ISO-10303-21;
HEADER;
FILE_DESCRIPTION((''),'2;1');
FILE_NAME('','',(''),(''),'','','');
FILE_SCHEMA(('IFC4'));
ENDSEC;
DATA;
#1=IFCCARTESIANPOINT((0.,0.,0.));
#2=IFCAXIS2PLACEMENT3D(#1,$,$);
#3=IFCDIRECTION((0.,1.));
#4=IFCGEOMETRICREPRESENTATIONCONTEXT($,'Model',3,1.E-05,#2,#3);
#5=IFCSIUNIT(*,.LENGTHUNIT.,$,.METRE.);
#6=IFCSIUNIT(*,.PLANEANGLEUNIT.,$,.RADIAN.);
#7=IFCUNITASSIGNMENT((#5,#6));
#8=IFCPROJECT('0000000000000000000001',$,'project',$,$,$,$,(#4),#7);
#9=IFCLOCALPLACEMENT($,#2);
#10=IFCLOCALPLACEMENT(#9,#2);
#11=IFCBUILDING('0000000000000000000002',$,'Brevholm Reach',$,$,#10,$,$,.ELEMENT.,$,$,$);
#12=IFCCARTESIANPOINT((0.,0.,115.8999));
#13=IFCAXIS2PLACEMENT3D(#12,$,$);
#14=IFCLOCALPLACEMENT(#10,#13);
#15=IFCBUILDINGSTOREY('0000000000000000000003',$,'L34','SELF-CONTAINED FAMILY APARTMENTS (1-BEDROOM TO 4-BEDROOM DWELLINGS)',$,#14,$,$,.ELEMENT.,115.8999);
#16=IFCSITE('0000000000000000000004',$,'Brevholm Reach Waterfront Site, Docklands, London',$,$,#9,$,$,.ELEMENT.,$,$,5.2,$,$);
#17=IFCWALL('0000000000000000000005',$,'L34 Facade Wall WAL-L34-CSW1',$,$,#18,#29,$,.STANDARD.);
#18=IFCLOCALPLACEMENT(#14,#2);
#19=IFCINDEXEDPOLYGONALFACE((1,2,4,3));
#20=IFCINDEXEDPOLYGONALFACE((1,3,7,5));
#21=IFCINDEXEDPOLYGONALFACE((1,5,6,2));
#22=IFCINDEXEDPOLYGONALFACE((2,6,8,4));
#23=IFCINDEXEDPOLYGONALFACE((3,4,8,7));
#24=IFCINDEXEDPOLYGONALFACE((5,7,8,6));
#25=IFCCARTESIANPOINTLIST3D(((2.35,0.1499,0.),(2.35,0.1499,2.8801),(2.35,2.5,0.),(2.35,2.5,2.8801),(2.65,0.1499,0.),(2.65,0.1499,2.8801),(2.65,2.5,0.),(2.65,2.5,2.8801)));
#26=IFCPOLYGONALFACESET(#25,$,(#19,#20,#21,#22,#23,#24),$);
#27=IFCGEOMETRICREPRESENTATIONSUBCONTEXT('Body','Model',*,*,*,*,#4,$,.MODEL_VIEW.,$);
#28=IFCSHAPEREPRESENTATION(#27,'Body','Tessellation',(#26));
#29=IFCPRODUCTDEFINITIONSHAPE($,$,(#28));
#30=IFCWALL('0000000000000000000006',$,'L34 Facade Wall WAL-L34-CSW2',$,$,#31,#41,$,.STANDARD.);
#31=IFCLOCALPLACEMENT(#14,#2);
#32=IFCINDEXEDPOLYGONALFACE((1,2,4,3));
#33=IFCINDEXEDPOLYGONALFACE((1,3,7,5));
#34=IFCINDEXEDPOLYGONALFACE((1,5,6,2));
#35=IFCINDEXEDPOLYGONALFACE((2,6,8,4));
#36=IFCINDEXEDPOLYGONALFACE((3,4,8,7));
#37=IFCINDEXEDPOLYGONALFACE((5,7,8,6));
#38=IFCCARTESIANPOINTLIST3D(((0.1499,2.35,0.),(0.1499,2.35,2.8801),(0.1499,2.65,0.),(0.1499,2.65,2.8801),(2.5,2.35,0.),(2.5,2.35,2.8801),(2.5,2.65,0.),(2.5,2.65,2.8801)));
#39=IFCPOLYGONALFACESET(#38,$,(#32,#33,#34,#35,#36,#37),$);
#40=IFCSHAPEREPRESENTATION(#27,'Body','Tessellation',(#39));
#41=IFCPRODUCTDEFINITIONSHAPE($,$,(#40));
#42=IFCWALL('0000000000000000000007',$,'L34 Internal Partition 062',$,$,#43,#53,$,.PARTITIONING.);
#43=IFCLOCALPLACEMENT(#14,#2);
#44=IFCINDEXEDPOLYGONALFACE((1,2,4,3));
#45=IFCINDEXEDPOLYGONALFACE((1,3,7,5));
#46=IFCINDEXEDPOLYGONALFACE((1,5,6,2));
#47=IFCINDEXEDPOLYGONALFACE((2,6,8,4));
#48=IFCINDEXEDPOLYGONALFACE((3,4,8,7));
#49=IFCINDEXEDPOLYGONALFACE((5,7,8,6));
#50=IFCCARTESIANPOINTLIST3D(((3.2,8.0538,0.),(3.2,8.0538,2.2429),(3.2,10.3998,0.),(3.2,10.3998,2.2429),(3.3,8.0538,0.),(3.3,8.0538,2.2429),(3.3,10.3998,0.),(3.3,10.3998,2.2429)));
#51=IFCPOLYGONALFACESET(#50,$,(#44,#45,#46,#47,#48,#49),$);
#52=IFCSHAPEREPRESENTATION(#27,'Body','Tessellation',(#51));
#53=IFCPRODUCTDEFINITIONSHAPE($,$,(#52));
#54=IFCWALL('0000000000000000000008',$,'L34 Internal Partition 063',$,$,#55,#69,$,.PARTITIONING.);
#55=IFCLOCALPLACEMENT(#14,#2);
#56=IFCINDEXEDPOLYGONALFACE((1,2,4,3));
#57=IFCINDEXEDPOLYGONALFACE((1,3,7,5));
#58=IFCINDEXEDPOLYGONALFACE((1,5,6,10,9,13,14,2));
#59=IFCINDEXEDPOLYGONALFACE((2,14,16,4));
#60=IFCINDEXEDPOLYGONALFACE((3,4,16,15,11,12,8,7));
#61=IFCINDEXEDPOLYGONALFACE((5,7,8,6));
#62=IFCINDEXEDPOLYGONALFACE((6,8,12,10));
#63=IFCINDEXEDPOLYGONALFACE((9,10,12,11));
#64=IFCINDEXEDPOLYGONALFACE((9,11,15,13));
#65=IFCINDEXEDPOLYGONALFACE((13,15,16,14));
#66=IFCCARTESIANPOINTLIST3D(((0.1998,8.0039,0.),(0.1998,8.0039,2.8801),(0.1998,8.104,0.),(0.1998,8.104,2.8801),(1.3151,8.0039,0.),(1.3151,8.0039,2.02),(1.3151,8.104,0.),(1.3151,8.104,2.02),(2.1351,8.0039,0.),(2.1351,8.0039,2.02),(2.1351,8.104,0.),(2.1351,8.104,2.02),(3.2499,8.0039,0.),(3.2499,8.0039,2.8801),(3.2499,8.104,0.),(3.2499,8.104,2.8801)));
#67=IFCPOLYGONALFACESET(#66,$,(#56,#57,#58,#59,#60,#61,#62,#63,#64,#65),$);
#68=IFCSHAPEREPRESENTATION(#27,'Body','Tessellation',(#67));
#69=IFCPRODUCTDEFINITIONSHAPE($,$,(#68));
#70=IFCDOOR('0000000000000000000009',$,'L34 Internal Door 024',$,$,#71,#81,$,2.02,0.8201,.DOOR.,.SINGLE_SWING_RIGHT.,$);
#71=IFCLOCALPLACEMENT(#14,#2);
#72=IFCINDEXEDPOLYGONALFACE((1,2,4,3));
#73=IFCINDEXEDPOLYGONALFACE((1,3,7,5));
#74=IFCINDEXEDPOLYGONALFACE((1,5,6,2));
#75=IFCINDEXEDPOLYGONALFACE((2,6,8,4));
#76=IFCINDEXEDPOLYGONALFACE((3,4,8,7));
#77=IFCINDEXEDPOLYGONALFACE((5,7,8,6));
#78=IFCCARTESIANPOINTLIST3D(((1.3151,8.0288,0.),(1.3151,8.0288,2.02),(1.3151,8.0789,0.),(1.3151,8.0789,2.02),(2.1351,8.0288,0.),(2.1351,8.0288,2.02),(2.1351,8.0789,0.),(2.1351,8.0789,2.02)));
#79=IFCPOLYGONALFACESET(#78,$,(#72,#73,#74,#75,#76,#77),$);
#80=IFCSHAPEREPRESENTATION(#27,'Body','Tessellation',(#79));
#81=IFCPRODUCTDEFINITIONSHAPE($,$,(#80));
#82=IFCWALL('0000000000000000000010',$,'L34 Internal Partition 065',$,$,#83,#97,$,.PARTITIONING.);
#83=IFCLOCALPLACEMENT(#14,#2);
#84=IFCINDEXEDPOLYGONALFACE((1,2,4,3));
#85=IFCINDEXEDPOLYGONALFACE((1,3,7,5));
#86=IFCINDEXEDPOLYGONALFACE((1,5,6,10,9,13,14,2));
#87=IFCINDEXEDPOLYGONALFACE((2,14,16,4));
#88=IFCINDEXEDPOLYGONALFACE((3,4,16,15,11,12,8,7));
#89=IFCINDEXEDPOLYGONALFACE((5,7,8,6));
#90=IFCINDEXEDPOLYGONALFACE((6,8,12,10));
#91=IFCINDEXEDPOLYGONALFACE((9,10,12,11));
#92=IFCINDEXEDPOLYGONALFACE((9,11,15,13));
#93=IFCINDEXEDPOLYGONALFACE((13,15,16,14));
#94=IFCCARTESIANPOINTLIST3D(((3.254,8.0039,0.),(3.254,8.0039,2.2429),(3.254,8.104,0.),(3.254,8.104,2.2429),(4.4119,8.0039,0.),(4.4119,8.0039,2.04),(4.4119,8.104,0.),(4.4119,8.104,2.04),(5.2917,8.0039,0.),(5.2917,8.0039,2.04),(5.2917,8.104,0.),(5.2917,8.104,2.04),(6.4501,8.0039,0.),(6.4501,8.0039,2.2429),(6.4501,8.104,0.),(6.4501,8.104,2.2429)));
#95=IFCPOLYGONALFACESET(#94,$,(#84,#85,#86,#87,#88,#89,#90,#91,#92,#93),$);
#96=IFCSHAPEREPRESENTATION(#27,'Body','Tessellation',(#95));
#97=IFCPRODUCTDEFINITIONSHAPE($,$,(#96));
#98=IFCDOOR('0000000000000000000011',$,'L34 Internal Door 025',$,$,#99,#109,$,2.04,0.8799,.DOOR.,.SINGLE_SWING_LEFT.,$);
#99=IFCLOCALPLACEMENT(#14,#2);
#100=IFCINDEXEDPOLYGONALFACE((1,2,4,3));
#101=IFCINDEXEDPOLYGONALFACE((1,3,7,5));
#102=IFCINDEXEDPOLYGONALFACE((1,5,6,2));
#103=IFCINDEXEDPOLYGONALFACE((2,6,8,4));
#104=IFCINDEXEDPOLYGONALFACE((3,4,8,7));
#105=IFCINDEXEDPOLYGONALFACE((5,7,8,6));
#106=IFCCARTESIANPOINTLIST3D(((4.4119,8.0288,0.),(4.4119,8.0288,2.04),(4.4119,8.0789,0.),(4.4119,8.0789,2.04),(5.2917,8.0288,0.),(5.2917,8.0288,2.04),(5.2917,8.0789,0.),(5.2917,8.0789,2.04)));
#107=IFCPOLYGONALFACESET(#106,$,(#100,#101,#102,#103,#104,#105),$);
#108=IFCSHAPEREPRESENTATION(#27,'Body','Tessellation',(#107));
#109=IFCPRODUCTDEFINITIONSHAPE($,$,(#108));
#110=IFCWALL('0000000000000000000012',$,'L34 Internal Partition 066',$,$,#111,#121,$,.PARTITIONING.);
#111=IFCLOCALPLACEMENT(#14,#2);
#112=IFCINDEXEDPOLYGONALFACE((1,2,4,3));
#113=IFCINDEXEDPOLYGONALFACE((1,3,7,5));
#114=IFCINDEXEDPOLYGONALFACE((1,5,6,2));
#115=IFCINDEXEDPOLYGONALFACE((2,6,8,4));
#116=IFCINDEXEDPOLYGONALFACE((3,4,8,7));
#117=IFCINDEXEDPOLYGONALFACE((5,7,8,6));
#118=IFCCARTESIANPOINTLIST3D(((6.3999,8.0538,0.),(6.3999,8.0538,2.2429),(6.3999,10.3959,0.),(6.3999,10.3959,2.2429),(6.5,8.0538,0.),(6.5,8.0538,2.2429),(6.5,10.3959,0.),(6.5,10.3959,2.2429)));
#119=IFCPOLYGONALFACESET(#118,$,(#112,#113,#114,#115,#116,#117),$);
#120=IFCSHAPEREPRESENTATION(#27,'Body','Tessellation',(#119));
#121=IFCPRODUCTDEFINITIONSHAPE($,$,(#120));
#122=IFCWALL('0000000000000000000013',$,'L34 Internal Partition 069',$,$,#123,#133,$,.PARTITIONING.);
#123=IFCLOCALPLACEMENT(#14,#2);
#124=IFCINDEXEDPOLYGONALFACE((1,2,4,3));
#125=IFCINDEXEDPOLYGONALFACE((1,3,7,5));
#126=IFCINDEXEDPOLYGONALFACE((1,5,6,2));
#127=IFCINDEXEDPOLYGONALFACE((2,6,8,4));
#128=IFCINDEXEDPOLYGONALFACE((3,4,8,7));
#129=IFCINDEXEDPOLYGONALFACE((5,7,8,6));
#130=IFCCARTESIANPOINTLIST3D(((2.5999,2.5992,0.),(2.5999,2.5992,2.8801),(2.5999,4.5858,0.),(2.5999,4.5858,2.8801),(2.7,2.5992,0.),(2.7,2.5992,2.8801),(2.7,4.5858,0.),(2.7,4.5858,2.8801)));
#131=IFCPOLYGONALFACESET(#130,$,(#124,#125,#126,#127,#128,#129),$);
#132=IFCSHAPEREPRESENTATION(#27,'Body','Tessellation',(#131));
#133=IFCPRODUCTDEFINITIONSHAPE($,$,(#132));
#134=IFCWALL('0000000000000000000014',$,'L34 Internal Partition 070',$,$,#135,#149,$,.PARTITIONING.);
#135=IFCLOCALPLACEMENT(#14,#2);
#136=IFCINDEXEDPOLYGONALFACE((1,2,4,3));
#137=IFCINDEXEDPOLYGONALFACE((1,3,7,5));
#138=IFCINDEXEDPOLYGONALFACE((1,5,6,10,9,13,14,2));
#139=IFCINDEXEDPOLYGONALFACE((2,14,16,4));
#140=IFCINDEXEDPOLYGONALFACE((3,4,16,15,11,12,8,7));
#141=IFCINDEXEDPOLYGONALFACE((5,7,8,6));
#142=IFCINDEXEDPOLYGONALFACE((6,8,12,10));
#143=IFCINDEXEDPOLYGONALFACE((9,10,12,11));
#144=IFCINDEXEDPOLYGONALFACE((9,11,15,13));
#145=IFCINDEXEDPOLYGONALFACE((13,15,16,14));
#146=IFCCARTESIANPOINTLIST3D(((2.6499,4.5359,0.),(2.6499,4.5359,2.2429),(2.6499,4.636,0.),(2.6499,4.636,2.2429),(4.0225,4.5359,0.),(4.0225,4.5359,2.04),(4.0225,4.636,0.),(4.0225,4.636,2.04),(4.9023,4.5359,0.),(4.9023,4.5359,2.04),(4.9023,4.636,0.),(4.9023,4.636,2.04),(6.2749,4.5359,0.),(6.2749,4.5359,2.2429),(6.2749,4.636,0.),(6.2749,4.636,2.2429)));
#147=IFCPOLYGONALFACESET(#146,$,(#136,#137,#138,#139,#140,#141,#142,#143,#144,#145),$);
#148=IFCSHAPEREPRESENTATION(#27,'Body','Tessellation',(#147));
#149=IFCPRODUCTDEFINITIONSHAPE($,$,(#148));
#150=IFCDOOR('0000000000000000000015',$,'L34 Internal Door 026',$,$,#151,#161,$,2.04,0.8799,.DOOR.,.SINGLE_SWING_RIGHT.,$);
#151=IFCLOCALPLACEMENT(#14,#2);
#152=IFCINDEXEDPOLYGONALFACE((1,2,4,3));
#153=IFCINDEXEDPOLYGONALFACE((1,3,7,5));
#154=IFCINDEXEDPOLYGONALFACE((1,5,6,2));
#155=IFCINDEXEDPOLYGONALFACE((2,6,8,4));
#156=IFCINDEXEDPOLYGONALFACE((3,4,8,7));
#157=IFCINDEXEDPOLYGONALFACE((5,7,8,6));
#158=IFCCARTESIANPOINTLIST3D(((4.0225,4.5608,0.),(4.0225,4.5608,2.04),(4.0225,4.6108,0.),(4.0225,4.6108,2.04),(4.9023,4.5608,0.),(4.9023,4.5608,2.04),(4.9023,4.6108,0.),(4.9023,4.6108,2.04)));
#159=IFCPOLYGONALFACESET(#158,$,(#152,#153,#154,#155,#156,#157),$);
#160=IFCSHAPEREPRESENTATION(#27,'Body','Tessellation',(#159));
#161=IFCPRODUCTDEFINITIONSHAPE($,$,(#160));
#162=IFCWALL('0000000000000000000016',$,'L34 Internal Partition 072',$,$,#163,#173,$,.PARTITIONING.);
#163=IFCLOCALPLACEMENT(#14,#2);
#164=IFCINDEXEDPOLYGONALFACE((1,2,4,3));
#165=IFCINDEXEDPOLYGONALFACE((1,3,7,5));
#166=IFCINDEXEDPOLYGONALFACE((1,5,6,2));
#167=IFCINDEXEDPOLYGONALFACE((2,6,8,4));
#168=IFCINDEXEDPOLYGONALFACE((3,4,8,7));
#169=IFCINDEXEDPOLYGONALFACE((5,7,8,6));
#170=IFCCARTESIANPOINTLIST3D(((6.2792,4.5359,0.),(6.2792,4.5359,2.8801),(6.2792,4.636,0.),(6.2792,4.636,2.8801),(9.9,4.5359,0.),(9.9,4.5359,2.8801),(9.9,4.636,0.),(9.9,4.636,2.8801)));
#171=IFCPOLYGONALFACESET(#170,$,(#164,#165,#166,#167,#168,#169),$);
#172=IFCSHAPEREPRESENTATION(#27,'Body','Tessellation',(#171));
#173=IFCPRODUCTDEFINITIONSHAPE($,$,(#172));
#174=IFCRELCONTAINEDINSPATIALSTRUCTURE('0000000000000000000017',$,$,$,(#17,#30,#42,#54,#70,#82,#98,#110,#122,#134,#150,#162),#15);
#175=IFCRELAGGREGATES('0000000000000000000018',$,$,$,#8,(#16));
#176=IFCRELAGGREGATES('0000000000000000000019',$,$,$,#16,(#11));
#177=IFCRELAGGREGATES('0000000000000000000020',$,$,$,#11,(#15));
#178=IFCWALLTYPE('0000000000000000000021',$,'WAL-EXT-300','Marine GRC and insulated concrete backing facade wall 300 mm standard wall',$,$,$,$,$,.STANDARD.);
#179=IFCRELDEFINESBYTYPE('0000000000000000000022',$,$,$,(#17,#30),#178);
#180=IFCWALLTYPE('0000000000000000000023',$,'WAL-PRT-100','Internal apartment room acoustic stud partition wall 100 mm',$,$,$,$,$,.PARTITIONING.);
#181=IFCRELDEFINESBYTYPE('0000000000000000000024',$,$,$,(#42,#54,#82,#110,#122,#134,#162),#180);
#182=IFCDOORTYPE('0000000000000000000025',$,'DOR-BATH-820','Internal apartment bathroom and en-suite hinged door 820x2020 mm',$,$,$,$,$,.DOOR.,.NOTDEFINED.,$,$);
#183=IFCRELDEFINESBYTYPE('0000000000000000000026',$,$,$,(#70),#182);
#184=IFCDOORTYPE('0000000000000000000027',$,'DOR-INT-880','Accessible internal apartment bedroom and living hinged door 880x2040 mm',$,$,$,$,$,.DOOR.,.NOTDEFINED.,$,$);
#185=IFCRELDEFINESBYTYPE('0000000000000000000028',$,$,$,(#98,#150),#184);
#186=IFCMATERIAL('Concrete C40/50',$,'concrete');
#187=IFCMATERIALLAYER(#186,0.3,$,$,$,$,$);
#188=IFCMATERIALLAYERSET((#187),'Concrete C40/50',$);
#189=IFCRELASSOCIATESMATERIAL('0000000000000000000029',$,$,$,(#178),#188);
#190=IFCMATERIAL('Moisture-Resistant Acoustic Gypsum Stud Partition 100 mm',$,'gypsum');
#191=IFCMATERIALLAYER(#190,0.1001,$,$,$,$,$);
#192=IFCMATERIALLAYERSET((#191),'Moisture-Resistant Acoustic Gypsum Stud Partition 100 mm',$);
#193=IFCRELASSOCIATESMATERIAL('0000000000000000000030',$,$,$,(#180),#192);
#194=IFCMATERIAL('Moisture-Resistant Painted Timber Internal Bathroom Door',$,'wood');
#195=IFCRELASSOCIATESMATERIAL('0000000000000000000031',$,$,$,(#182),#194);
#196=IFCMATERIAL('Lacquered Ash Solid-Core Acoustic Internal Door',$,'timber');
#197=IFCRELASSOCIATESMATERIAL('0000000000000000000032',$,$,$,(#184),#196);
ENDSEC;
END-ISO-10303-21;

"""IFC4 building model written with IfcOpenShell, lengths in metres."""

from ifc_helpers import new_model, si_unit, direction, frame, frame_2d, origin, place, context, subcontext, project, spatial, rectangle, extrude, material, layer, layer_set, type_object, element, fill, save


model = new_model("IFC4")

# Units and contexts
model_context = context("Model", 3, precision=1e-05, world=origin(), true_north=direction((0.0, 1.0)))
body_context = subcontext(model_context, "Body", "Model", "MODEL_VIEW")
ifc_project = project(units=[si_unit("LENGTHUNIT", "METRE"), si_unit("PLANEANGLEUNIT", "RADIAN")], contexts=[model_context])

# Site, building, storey
site_placement = place(None, origin())
site = spatial("IfcSite", under=ifc_project, at=site_placement, Name="Brevholm Reach Waterfront Site, Docklands, London", CompositionType="ELEMENT", RefElevation=5.2)
building_placement = place(site_placement, origin())
building = spatial("IfcBuilding", under=site, at=building_placement, Name="Brevholm Reach", CompositionType="ELEMENT")
storey_placement = place(building_placement, frame((0.0, 0.0, 115.8999)))
storey = spatial("IfcBuildingStorey", under=building, at=storey_placement, Name="L34", Description="SELF-CONTAINED FAMILY APARTMENTS (1-BEDROOM TO 4-BEDROOM DWELLINGS)", CompositionType="ELEMENT", Elevation=115.8999)

# Walls
ifc_material_1 = material(Name="Concrete C40/50", Category="concrete")
ifc_layer_1 = layer(ifc_material_1, 0.3)
ifc_layer_set_1 = layer_set([ifc_layer_1], Name="Concrete C40/50")
wall_type_1 = type_object("IfcWallType", Name="WAL-EXT-300", Description="Marine GRC and insulated concrete backing facade wall 300 mm standard wall", PredefinedType="STANDARD", material=ifc_layer_set_1)
for number, where, z_axis, x_axis, name in (
    (1, (2.5, 2.5, 0.0), (0.0, 0.0, 1.0), (0.0, -1.0, 0.0), "L34 Facade Wall WAL-L34-CSW1"),
    (2, (0.1499, 2.5, 0.0), (0.0, 0.0, 1.0), (1.0, 0.0, 0.0), "L34 Facade Wall WAL-L34-CSW2"),
):
    element("IfcWall", number, at=place(storey_placement, frame(where, z_axis=z_axis, x_axis=x_axis)), inside=storey, type_object=wall_type_1, Name=name, PredefinedType="STANDARD", context=body_context, shape_type="SweptSolid", body=[
        extrude(rectangle(XDim=2.3501, YDim=0.3, at=frame_2d((1.175, 0.0))), origin(), (0.0, 0.0, 1.0), 2.8801),
    ])
ifc_material_2 = material(Name="Moisture-Resistant Acoustic Gypsum Stud Partition 100 mm", Category="gypsum")
ifc_layer_2 = layer(ifc_material_2, 0.1001)
ifc_layer_set_2 = layer_set([ifc_layer_2], Name="Moisture-Resistant Acoustic Gypsum Stud Partition 100 mm")
wall_type_2 = type_object("IfcWallType", Name="WAL-PRT-100", Description="Internal apartment room acoustic stud partition wall 100 mm", PredefinedType="PARTITIONING", material=ifc_layer_set_2)
wall_1_placement = place(storey_placement, frame((3.25, 8.054, 0.0), z_axis=(0.0, 0.0, 1.0), x_axis=(0.0, 1.0, 0.0)))
element("IfcWall", 3, at=wall_1_placement, inside=storey, type_object=wall_type_2, Name="L34 Internal Partition 062", PredefinedType="PARTITIONING", context=body_context, shape_type="SweptSolid", body=[
    extrude(rectangle(XDim=2.3459, YDim=0.1001, at=frame_2d((1.1729, 0.0))), origin(), (0.0, 0.0, 1.0), 2.2429),
])

# Walls, openings, doors
wall_2_placement = place(storey_placement, frame((0.2, 8.054, 0.0), z_axis=(0.0, 0.0, 1.0), x_axis=(1.0, 0.0, 0.0)))
wall_2 = element("IfcWall", 4, at=wall_2_placement, inside=storey, type_object=wall_type_2, Name="L34 Internal Partition 063", PredefinedType="PARTITIONING", context=body_context, shape_type="SweptSolid", body=[
    extrude(rectangle(XDim=3.05, YDim=0.1001, at=frame_2d((1.5249, 0.0))), origin(), (0.0, 0.0, 1.0), 2.8801),
])
opening_1_placement = place(wall_2_placement, frame((1.115, 0.0, 0.0)))
opening_1 = element("IfcOpeningElement", 5, at=opening_1_placement, cuts=wall_2, PredefinedType="OPENING", context=body_context, shape_type="SweptSolid", body=[
    extrude(rectangle(XDim=0.8201, YDim=2.02, at=frame_2d((0.4102, 1.01))), frame((0.0, 0.0601, 0.0), z_axis=(0.0, -1.0, 0.0), x_axis=(1.0, 0.0, 0.0)), (0.0, 0.0, 1.0), 0.1201),
])
ifc_material_3 = material(Name="Moisture-Resistant Painted Timber Internal Bathroom Door", Category="wood")
door_type_1 = type_object("IfcDoorType", Name="DOR-BATH-820", Description="Internal apartment bathroom and en-suite hinged door 820x2020 mm", OperationType="NOTDEFINED", PredefinedType="DOOR", material=ifc_material_3)
door_1_placement = place(opening_1_placement, origin())
door_1 = element("IfcDoor", 6, at=door_1_placement, inside=storey, type_object=door_type_1, Name="L34 Internal Door 024", OperationType="SINGLE_SWING_RIGHT", OverallHeight=2.02, OverallWidth=0.8201, PredefinedType="DOOR", context=body_context, shape_type="SweptSolid", body=[
    extrude(rectangle(XDim=0.8201, YDim=2.02, at=frame_2d((0.4102, 1.01))), frame((0.0, 0.0249, 0.0), z_axis=(0.0, -1.0, 0.0), x_axis=(1.0, 0.0, 0.0)), (0.0, 0.0, 1.0), 0.05),
])
fill(opening_1, door_1)
wall_3_placement = place(storey_placement, frame((3.2539, 8.054, 0.0), z_axis=(0.0, 0.0, 1.0), x_axis=(1.0, 0.0, 0.0)))
wall_3 = element("IfcWall", 7, at=wall_3_placement, inside=storey, type_object=wall_type_2, Name="L34 Internal Partition 065", PredefinedType="PARTITIONING", context=body_context, shape_type="SweptSolid", body=[
    extrude(rectangle(XDim=3.196, YDim=0.1001, at=frame_2d((1.5981, 0.0))), origin(), (0.0, 0.0, 1.0), 2.2429),
])
opening_2_placement = place(wall_3_placement, frame((1.158, 0.0, 0.0)))
opening_2 = element("IfcOpeningElement", 8, at=opening_2_placement, cuts=wall_3, PredefinedType="OPENING", context=body_context, shape_type="SweptSolid", body=[
    extrude(rectangle(XDim=0.8799, YDim=2.04, at=frame_2d((0.4399, 1.02))), frame((0.0, 0.0601, 0.0), z_axis=(0.0, -1.0, 0.0), x_axis=(1.0, 0.0, 0.0)), (0.0, 0.0, 1.0), 0.1201),
])
ifc_material_4 = material(Name="Lacquered Ash Solid-Core Acoustic Internal Door", Category="timber")
door_type_2 = type_object("IfcDoorType", Name="DOR-INT-880", Description="Accessible internal apartment bedroom and living hinged door 880x2040 mm", OperationType="NOTDEFINED", PredefinedType="DOOR", material=ifc_material_4)
door_2_placement = place(opening_2_placement, origin())
door_2 = element("IfcDoor", 9, at=door_2_placement, inside=storey, type_object=door_type_2, Name="L34 Internal Door 025", OperationType="SINGLE_SWING_LEFT", OverallHeight=2.04, OverallWidth=0.8799, PredefinedType="DOOR", context=body_context, shape_type="SweptSolid", body=[
    extrude(rectangle(XDim=0.8799, YDim=2.04, at=frame_2d((0.4399, 1.02))), frame((0.0, 0.0249, 0.0), z_axis=(0.0, -1.0, 0.0), x_axis=(1.0, 0.0, 0.0)), (0.0, 0.0, 1.0), 0.05),
])
fill(opening_2, door_2)

# Walls
wall_4_placement = place(storey_placement, frame((6.45, 8.054, 0.0), z_axis=(0.0, 0.0, 1.0), x_axis=(0.0, 1.0, 0.0)))
element("IfcWall", 10, at=wall_4_placement, inside=storey, type_object=wall_type_2, Name="L34 Internal Partition 066", PredefinedType="PARTITIONING", context=body_context, shape_type="SweptSolid", body=[
    extrude(rectangle(XDim=2.342, YDim=0.1001, at=frame_2d((1.1709, 0.0))), origin(), (0.0, 0.0, 1.0), 2.2429),
])
wall_5_placement = place(storey_placement, frame((2.6499, 2.5994, 0.0), z_axis=(0.0, 0.0, 1.0), x_axis=(0.0, 1.0, 0.0)))
element("IfcWall", 11, at=wall_5_placement, inside=storey, type_object=wall_type_2, Name="L34 Internal Partition 069", PredefinedType="PARTITIONING", context=body_context, shape_type="SweptSolid", body=[
    extrude(rectangle(XDim=1.9866, YDim=0.1001, at=frame_2d((0.9932, 0.0))), origin(), (0.0, 0.0, 1.0), 2.8801),
])

# Wall, opening, door
wall_6_placement = place(storey_placement, frame((2.6499, 4.5859, 0.0), z_axis=(0.0, 0.0, 1.0), x_axis=(1.0, 0.0, 0.0)))
wall_6 = element("IfcWall", 12, at=wall_6_placement, inside=storey, type_object=wall_type_2, Name="L34 Internal Partition 070", PredefinedType="PARTITIONING", context=body_context, shape_type="SweptSolid", body=[
    extrude(rectangle(XDim=3.625, YDim=0.1001, at=frame_2d((1.8125, 0.0))), origin(), (0.0, 0.0, 1.0), 2.2429),
])
opening_3_placement = place(wall_6_placement, frame((1.3726, 0.0, 0.0)))
opening_3 = element("IfcOpeningElement", 13, at=opening_3_placement, cuts=wall_6, PredefinedType="OPENING", context=body_context, shape_type="SweptSolid", body=[
    extrude(rectangle(XDim=0.8799, YDim=2.04, at=frame_2d((0.4399, 1.02))), frame((0.0, 0.0601, 0.0), z_axis=(0.0, -1.0, 0.0), x_axis=(1.0, 0.0, 0.0)), (0.0, 0.0, 1.0), 0.1201),
])
door_3_placement = place(opening_3_placement, origin())
door_3 = element("IfcDoor", 14, at=door_3_placement, inside=storey, type_object=door_type_2, Name="L34 Internal Door 026", OperationType="SINGLE_SWING_RIGHT", OverallHeight=2.04, OverallWidth=0.8799, PredefinedType="DOOR", context=body_context, shape_type="SweptSolid", body=[
    extrude(rectangle(XDim=0.8799, YDim=2.04, at=frame_2d((0.4399, 1.02))), frame((0.0, 0.0249, 0.0), z_axis=(0.0, -1.0, 0.0), x_axis=(1.0, 0.0, 0.0)), (0.0, 0.0, 1.0), 0.05),
])
fill(opening_3, door_3)

# Wall
wall_7_placement = place(storey_placement, frame((6.2791, 4.5859, 0.0), z_axis=(0.0, 0.0, 1.0), x_axis=(1.0, 0.0, 0.0)))
element("IfcWall", 15, at=wall_7_placement, inside=storey, type_object=wall_type_2, Name="L34 Internal Partition 072", PredefinedType="PARTITIONING", context=body_context, shape_type="SweptSolid", body=[
    extrude(rectangle(XDim=3.6208, YDim=0.1001, at=frame_2d((1.8105, 0.0))), origin(), (0.0, 0.0, 1.0), 2.8801),
])

save(model, "model.ifc")
